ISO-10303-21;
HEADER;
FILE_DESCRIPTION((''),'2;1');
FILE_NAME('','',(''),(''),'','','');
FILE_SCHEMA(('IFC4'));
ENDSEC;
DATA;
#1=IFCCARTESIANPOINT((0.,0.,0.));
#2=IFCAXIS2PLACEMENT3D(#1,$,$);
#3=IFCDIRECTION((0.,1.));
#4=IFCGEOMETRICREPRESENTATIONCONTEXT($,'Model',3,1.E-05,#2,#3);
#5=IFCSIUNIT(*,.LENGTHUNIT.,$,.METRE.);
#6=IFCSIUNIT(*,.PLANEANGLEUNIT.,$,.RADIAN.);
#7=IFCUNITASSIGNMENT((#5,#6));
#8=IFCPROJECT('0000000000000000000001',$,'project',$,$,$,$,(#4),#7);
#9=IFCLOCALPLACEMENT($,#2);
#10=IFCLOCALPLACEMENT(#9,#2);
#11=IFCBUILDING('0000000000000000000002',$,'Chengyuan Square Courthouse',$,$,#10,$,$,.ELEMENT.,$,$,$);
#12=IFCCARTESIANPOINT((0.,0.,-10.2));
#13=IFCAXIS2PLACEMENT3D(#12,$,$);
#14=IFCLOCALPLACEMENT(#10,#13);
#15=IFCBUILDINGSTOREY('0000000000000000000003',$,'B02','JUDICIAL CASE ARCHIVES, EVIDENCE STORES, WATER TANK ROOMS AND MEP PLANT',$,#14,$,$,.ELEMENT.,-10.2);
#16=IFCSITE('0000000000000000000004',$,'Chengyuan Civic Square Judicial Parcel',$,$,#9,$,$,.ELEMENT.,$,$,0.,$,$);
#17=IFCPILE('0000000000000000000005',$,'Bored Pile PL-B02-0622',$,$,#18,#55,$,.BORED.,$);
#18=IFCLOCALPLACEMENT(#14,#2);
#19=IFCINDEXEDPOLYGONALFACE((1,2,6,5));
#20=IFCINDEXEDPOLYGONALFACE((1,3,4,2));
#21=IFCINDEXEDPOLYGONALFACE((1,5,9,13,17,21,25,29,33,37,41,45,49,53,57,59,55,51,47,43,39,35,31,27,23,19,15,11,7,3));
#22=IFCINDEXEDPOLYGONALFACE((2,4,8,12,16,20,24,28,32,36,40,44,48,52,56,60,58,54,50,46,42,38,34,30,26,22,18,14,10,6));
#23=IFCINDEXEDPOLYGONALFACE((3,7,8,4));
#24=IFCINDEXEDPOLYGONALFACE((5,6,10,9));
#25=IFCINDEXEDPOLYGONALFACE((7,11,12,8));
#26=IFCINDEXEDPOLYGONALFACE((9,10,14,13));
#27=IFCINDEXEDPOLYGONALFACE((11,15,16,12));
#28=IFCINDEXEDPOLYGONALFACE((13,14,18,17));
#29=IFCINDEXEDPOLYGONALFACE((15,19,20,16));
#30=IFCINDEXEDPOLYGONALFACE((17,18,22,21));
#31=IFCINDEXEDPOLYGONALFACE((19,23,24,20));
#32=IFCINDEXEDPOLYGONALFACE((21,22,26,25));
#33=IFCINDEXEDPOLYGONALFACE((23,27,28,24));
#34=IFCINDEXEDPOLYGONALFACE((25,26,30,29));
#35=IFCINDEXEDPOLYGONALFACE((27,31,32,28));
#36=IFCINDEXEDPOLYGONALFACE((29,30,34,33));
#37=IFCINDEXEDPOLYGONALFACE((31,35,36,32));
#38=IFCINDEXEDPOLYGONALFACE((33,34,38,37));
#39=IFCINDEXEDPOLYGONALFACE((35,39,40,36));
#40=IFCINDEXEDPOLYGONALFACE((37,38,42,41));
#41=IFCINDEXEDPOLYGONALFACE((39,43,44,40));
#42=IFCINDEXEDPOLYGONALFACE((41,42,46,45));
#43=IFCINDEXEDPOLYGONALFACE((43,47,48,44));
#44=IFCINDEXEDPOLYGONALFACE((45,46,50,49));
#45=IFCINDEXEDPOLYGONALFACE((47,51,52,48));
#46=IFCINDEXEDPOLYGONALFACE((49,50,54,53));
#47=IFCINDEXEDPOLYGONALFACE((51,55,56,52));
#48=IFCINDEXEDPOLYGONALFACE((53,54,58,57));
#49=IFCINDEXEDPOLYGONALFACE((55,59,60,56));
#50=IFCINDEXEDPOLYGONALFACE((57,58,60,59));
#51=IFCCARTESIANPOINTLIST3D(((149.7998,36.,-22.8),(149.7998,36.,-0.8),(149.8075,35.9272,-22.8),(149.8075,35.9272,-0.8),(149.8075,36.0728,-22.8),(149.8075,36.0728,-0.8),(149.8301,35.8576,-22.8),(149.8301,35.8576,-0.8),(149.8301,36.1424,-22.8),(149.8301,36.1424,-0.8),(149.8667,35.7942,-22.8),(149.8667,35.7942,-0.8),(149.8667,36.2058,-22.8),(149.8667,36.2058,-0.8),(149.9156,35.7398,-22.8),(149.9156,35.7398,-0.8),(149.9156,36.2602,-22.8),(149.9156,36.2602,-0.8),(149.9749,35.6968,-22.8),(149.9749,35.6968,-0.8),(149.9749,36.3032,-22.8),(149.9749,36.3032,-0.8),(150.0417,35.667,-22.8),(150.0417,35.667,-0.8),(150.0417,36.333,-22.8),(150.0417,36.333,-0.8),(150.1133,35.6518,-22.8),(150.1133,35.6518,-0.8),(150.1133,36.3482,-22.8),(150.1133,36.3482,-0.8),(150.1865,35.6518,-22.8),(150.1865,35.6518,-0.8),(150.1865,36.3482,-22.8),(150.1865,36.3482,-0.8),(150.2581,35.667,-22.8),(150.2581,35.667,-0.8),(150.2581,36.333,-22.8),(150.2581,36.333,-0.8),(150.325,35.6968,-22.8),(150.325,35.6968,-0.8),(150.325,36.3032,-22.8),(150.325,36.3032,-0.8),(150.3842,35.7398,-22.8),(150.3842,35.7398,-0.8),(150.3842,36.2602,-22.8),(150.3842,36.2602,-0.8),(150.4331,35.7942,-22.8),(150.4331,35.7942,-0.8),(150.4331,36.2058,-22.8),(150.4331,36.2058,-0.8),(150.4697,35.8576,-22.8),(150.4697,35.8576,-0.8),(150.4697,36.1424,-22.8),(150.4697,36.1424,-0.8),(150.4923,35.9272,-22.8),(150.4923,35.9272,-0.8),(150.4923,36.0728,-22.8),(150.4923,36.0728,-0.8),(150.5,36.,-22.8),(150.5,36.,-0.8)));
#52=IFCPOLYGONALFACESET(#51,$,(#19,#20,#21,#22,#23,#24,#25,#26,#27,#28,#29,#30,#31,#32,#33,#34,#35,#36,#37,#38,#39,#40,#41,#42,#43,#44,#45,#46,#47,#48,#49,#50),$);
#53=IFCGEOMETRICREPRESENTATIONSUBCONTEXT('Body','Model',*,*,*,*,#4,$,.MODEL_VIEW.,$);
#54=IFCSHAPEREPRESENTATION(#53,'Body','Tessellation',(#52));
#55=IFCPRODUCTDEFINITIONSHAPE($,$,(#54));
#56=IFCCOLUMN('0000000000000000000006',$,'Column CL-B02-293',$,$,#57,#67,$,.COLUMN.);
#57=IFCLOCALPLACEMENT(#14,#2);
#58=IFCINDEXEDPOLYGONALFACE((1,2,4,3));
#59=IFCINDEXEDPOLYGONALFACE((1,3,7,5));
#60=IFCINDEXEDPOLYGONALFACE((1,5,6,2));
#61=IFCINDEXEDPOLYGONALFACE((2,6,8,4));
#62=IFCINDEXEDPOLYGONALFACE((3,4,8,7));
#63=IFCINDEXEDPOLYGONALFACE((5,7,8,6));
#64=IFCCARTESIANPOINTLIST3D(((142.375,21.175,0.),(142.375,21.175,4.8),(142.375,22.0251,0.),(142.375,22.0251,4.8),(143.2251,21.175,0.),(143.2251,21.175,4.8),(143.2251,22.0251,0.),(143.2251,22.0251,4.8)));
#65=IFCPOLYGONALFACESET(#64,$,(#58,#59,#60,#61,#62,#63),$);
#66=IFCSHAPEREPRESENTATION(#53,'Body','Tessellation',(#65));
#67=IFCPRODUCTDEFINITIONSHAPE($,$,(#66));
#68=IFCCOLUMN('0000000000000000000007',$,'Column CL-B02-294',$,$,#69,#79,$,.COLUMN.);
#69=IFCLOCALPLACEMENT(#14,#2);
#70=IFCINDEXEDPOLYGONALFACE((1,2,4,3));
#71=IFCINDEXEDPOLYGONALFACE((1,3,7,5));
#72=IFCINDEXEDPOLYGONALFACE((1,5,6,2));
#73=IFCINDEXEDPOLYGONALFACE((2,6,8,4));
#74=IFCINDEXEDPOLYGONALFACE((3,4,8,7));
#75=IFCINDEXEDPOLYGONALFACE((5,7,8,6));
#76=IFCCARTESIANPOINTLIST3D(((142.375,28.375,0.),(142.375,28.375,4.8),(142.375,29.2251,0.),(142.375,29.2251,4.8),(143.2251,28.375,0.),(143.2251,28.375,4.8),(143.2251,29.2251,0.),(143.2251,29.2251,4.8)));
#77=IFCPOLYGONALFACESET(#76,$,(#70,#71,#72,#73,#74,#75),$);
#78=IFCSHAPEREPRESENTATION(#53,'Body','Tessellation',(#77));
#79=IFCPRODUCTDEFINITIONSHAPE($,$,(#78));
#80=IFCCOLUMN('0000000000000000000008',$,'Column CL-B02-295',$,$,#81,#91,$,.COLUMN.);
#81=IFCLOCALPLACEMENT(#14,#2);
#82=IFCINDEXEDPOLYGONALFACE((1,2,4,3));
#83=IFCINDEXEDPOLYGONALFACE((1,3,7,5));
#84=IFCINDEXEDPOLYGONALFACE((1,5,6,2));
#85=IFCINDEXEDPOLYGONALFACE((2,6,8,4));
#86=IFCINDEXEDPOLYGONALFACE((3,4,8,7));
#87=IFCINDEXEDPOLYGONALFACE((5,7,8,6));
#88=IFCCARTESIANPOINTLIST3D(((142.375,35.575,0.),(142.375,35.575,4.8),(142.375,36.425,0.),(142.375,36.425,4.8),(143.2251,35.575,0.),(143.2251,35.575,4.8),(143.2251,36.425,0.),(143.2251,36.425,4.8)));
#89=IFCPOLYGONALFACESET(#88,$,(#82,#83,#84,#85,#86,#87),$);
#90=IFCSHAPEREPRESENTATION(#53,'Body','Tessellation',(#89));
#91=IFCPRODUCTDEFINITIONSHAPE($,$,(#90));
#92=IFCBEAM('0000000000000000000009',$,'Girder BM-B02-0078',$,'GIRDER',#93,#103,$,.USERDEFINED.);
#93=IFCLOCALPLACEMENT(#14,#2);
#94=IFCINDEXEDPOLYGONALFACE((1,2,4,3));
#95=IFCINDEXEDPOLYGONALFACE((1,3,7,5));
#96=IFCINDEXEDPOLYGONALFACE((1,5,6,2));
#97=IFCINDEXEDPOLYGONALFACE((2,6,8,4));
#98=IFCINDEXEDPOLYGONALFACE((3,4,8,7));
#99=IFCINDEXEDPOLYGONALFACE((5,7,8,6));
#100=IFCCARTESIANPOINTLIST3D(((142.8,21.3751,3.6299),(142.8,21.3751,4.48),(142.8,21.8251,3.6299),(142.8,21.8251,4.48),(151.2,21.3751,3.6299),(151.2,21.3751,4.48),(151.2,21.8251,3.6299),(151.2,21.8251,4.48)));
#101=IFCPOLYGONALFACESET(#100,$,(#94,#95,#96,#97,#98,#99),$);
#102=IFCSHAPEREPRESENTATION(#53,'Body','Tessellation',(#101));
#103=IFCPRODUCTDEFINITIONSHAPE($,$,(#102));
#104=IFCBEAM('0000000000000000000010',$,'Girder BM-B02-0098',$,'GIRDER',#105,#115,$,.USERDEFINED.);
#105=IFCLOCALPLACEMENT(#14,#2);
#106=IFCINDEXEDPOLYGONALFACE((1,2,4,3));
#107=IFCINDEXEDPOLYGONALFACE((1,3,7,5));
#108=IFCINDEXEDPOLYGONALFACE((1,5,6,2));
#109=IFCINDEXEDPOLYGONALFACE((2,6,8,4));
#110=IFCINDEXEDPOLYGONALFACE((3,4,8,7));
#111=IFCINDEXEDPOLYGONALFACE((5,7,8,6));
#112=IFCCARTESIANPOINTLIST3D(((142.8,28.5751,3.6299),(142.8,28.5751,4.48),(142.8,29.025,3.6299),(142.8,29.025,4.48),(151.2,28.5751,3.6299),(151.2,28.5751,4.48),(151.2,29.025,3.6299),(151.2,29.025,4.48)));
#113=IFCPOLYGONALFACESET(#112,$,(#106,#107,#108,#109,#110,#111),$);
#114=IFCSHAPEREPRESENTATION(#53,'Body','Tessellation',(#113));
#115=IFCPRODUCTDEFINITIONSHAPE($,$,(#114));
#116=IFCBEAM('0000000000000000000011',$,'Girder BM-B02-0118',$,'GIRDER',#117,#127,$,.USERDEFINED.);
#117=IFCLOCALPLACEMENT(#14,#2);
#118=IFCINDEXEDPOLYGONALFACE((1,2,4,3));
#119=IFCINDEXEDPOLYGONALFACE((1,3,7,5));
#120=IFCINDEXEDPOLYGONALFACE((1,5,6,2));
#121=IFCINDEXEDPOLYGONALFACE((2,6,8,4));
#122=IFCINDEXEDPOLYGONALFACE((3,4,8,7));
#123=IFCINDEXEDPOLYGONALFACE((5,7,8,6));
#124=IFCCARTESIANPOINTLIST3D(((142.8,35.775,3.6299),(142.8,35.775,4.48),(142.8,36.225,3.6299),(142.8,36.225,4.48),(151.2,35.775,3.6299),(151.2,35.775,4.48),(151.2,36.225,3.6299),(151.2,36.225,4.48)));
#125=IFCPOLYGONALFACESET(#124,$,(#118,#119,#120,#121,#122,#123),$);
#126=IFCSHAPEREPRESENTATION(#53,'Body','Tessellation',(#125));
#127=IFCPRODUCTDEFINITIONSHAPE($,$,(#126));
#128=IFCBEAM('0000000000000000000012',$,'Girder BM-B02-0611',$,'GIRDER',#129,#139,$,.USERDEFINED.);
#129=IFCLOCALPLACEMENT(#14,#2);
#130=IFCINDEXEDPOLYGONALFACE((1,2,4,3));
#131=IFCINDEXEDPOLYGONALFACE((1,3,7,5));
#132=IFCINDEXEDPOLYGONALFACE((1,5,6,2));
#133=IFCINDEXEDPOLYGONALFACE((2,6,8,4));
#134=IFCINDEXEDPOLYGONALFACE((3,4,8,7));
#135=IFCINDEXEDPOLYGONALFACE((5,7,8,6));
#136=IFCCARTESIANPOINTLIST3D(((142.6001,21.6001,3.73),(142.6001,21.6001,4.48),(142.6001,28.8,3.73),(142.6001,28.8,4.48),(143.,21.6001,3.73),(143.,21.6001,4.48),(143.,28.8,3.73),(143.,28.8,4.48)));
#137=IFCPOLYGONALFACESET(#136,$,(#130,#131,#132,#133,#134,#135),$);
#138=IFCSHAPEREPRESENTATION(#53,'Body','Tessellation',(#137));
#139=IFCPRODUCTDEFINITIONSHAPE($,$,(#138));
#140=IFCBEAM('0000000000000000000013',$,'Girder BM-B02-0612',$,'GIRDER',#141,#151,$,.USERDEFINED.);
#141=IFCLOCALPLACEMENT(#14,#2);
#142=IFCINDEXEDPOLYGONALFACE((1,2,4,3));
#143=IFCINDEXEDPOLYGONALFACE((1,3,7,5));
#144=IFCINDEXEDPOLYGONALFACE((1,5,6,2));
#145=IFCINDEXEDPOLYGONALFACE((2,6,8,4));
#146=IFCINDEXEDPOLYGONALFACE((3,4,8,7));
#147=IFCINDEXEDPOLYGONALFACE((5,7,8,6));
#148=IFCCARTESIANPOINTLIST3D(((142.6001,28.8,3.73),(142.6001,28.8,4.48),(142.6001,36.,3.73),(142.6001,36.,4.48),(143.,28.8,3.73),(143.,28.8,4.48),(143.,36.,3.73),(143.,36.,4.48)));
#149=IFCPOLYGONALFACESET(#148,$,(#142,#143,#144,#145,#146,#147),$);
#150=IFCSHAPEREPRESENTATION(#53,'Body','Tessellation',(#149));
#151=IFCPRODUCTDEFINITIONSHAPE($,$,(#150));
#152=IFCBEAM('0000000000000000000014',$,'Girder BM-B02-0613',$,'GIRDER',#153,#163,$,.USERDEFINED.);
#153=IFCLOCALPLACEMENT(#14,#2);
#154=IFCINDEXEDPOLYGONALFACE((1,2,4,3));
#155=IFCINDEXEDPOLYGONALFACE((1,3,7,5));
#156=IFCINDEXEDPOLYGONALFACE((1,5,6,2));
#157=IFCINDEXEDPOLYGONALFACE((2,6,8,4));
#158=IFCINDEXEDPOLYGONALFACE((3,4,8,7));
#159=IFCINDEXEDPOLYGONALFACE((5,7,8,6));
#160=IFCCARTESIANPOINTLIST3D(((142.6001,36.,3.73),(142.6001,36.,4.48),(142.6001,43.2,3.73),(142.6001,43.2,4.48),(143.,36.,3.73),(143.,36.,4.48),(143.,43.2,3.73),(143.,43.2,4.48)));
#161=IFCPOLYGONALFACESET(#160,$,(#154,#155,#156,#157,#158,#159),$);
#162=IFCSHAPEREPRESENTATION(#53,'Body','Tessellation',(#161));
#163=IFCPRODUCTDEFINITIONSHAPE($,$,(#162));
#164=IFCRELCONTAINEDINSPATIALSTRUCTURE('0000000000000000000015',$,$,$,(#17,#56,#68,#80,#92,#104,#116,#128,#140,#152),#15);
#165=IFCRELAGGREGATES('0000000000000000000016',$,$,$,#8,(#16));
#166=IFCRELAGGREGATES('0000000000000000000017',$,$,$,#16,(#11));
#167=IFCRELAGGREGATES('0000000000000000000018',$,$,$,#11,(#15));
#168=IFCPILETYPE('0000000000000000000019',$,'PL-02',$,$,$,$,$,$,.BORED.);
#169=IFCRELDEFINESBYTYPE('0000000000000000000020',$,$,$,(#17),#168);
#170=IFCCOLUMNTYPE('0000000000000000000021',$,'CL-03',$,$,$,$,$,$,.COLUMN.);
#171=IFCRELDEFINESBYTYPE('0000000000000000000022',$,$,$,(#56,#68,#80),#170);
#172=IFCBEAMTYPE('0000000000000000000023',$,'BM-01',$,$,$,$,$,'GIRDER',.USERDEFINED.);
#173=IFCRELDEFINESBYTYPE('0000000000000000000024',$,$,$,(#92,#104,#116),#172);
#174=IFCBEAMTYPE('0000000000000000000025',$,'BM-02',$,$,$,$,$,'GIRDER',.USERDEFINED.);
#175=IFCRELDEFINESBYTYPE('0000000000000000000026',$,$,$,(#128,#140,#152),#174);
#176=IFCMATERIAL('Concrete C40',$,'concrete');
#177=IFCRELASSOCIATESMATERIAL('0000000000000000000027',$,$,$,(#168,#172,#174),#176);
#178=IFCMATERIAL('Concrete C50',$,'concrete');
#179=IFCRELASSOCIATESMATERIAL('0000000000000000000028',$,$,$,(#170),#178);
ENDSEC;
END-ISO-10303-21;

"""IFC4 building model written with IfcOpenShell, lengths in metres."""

from ifc_helpers import new_model, si_unit, direction, frame, origin, origin_2d, place, context, subcontext, project, spatial, rectangle, circle, extrude, material, material_profile, profile_set, type_object, element, save


model = new_model("IFC4")

# Units and contexts
model_context = context("Model", 3, precision=1e-05, world=origin(), true_north=direction((0.0, 1.0)))
body_context = subcontext(model_context, "Body", "Model", "MODEL_VIEW")
ifc_project = project(units=[si_unit("LENGTHUNIT", "METRE"), si_unit("PLANEANGLEUNIT", "RADIAN")], contexts=[model_context])

# Site, building, storey
site_placement = place(None, origin())
site = spatial("IfcSite", under=ifc_project, at=site_placement, Name="Chengyuan Civic Square Judicial Parcel", CompositionType="ELEMENT", RefElevation=0.0)
building_placement = place(site_placement, origin())
building = spatial("IfcBuilding", under=site, at=building_placement, Name="Chengyuan Square Courthouse", CompositionType="ELEMENT")
storey_placement = place(building_placement, frame((0.0, 0.0, -10.2)))
storey = spatial("IfcBuildingStorey", under=building, at=storey_placement, Name="B02", Description="JUDICIAL CASE ARCHIVES, EVIDENCE STORES, WATER TANK ROOMS AND MEP PLANT", CompositionType="ELEMENT", Elevation=-10.2)

# Shared definitions
ifc_material_1 = material(Name="Concrete C40", Category="concrete")

# Pile
ifc_material_profile_1 = material_profile(ifc_material_1, circle(Radius=0.3501, at=origin_2d()), Name="BORED PILE D700")
ifc_profile_set_1 = profile_set([ifc_material_profile_1], Name="Concrete C40")
pile_type_1 = type_object("IfcPileType", Name="PL-02", PredefinedType="BORED", material=ifc_profile_set_1)
for number, where, z_axis, x_axis, name in (
    (1, (150.1499, 36.0, -0.8), (0.0, 0.0, -1.0), (1.0, 0.0, 0.0), "Bored Pile PL-B02-0622"),
):
    element("IfcPile", number, at=place(storey_placement, frame(where, z_axis=z_axis, x_axis=x_axis)), inside=storey, type_object=pile_type_1, Name=name, PredefinedType="BORED", context=body_context, shape_type="SweptSolid", body=[
        extrude(circle(Radius=0.3501, at=origin_2d()), origin(), (0.0, 0.0, 1.0), 22.0),
    ])

# Columns
ifc_material_2 = material(Name="Concrete C50", Category="concrete")
ifc_material_profile_2 = material_profile(ifc_material_2, rectangle(XDim=0.8501, YDim=0.8501, at=origin_2d()), Name="RC-COL-850x850")
ifc_profile_set_2 = profile_set([ifc_material_profile_2], Name="Concrete C50")
column_type = type_object("IfcColumnType", Name="CL-03", PredefinedType="COLUMN", material=ifc_profile_set_2)
for number, where, z_axis, x_axis, name in (
    (2, (142.8, 21.6001, 0.0), (0.0, 0.0, 1.0), (1.0, 0.0, 0.0), "Column CL-B02-293"),
    (3, (142.8, 28.8, 0.0), (0.0, 0.0, 1.0), (1.0, 0.0, 0.0), "Column CL-B02-294"),
    (4, (142.8, 36.0, 0.0), (0.0, 0.0, 1.0), (1.0, 0.0, 0.0), "Column CL-B02-295"),
):
    element("IfcColumn", number, at=place(storey_placement, frame(where, z_axis=z_axis, x_axis=x_axis)), inside=storey, type_object=column_type, Name=name, PredefinedType="COLUMN", context=body_context, shape_type="SweptSolid", body=[
        extrude(rectangle(XDim=0.8501, YDim=0.8501, at=origin_2d()), origin(), (0.0, 0.0, 1.0), 4.8),
    ])

# Beams
ifc_material_profile_3 = material_profile(ifc_material_1, rectangle(XDim=0.45, YDim=0.8501, at=origin_2d()), Name="RC-BM-450x850")
ifc_profile_set_3 = profile_set([ifc_material_profile_3], Name="Concrete C40")
beam_type_1 = type_object("IfcBeamType", Name="BM-01", ElementType="GIRDER", PredefinedType="USERDEFINED", material=ifc_profile_set_3)
for number, where, z_axis, x_axis, name in (
    (5, (142.8, 21.6001, 4.0549), (1.0, 0.0, 0.0), (0.0, 1.0, 0.0), "Girder BM-B02-0078"),
    (6, (142.8, 28.8, 4.0549), (1.0, 0.0, 0.0), (0.0, 1.0, 0.0), "Girder BM-B02-0098"),
    (7, (142.8, 36.0, 4.0549), (1.0, 0.0, 0.0), (0.0, 1.0, 0.0), "Girder BM-B02-0118"),
):
    element("IfcBeam", number, at=place(storey_placement, frame(where, z_axis=z_axis, x_axis=x_axis)), inside=storey, type_object=beam_type_1, Name=name, ObjectType="GIRDER", PredefinedType="USERDEFINED", context=body_context, shape_type="SweptSolid", body=[
        extrude(rectangle(XDim=0.45, YDim=0.8501, at=origin_2d()), origin(), (0.0, 0.0, 1.0), 8.3999),
    ])
ifc_material_profile_4 = material_profile(ifc_material_1, rectangle(XDim=0.3999, YDim=0.75, at=origin_2d()), Name="RC-BM-400x750")
ifc_profile_set_4 = profile_set([ifc_material_profile_4], Name="Concrete C40")
beam_type_2 = type_object("IfcBeamType", Name="BM-02", ElementType="GIRDER", PredefinedType="USERDEFINED", material=ifc_profile_set_4)
for number, where, z_axis, x_axis, name in (
    (8, (142.8, 21.6001, 4.105), (0.0, 1.0, 0.0), (-1.0, 0.0, 0.0), "Girder BM-B02-0611"),
    (9, (142.8, 28.8, 4.105), (0.0, 1.0, 0.0), (-1.0, 0.0, 0.0), "Girder BM-B02-0612"),
    (10, (142.8, 36.0, 4.105), (0.0, 1.0, 0.0), (-1.0, 0.0, 0.0), "Girder BM-B02-0613"),
):
    element("IfcBeam", number, at=place(storey_placement, frame(where, z_axis=z_axis, x_axis=x_axis)), inside=storey, type_object=beam_type_2, Name=name, ObjectType="GIRDER", PredefinedType="USERDEFINED", context=body_context, shape_type="SweptSolid", body=[
        extrude(rectangle(XDim=0.3999, YDim=0.75, at=origin_2d()), origin(), (0.0, 0.0, 1.0), 7.2),
    ])

save(model, "model.ifc")
